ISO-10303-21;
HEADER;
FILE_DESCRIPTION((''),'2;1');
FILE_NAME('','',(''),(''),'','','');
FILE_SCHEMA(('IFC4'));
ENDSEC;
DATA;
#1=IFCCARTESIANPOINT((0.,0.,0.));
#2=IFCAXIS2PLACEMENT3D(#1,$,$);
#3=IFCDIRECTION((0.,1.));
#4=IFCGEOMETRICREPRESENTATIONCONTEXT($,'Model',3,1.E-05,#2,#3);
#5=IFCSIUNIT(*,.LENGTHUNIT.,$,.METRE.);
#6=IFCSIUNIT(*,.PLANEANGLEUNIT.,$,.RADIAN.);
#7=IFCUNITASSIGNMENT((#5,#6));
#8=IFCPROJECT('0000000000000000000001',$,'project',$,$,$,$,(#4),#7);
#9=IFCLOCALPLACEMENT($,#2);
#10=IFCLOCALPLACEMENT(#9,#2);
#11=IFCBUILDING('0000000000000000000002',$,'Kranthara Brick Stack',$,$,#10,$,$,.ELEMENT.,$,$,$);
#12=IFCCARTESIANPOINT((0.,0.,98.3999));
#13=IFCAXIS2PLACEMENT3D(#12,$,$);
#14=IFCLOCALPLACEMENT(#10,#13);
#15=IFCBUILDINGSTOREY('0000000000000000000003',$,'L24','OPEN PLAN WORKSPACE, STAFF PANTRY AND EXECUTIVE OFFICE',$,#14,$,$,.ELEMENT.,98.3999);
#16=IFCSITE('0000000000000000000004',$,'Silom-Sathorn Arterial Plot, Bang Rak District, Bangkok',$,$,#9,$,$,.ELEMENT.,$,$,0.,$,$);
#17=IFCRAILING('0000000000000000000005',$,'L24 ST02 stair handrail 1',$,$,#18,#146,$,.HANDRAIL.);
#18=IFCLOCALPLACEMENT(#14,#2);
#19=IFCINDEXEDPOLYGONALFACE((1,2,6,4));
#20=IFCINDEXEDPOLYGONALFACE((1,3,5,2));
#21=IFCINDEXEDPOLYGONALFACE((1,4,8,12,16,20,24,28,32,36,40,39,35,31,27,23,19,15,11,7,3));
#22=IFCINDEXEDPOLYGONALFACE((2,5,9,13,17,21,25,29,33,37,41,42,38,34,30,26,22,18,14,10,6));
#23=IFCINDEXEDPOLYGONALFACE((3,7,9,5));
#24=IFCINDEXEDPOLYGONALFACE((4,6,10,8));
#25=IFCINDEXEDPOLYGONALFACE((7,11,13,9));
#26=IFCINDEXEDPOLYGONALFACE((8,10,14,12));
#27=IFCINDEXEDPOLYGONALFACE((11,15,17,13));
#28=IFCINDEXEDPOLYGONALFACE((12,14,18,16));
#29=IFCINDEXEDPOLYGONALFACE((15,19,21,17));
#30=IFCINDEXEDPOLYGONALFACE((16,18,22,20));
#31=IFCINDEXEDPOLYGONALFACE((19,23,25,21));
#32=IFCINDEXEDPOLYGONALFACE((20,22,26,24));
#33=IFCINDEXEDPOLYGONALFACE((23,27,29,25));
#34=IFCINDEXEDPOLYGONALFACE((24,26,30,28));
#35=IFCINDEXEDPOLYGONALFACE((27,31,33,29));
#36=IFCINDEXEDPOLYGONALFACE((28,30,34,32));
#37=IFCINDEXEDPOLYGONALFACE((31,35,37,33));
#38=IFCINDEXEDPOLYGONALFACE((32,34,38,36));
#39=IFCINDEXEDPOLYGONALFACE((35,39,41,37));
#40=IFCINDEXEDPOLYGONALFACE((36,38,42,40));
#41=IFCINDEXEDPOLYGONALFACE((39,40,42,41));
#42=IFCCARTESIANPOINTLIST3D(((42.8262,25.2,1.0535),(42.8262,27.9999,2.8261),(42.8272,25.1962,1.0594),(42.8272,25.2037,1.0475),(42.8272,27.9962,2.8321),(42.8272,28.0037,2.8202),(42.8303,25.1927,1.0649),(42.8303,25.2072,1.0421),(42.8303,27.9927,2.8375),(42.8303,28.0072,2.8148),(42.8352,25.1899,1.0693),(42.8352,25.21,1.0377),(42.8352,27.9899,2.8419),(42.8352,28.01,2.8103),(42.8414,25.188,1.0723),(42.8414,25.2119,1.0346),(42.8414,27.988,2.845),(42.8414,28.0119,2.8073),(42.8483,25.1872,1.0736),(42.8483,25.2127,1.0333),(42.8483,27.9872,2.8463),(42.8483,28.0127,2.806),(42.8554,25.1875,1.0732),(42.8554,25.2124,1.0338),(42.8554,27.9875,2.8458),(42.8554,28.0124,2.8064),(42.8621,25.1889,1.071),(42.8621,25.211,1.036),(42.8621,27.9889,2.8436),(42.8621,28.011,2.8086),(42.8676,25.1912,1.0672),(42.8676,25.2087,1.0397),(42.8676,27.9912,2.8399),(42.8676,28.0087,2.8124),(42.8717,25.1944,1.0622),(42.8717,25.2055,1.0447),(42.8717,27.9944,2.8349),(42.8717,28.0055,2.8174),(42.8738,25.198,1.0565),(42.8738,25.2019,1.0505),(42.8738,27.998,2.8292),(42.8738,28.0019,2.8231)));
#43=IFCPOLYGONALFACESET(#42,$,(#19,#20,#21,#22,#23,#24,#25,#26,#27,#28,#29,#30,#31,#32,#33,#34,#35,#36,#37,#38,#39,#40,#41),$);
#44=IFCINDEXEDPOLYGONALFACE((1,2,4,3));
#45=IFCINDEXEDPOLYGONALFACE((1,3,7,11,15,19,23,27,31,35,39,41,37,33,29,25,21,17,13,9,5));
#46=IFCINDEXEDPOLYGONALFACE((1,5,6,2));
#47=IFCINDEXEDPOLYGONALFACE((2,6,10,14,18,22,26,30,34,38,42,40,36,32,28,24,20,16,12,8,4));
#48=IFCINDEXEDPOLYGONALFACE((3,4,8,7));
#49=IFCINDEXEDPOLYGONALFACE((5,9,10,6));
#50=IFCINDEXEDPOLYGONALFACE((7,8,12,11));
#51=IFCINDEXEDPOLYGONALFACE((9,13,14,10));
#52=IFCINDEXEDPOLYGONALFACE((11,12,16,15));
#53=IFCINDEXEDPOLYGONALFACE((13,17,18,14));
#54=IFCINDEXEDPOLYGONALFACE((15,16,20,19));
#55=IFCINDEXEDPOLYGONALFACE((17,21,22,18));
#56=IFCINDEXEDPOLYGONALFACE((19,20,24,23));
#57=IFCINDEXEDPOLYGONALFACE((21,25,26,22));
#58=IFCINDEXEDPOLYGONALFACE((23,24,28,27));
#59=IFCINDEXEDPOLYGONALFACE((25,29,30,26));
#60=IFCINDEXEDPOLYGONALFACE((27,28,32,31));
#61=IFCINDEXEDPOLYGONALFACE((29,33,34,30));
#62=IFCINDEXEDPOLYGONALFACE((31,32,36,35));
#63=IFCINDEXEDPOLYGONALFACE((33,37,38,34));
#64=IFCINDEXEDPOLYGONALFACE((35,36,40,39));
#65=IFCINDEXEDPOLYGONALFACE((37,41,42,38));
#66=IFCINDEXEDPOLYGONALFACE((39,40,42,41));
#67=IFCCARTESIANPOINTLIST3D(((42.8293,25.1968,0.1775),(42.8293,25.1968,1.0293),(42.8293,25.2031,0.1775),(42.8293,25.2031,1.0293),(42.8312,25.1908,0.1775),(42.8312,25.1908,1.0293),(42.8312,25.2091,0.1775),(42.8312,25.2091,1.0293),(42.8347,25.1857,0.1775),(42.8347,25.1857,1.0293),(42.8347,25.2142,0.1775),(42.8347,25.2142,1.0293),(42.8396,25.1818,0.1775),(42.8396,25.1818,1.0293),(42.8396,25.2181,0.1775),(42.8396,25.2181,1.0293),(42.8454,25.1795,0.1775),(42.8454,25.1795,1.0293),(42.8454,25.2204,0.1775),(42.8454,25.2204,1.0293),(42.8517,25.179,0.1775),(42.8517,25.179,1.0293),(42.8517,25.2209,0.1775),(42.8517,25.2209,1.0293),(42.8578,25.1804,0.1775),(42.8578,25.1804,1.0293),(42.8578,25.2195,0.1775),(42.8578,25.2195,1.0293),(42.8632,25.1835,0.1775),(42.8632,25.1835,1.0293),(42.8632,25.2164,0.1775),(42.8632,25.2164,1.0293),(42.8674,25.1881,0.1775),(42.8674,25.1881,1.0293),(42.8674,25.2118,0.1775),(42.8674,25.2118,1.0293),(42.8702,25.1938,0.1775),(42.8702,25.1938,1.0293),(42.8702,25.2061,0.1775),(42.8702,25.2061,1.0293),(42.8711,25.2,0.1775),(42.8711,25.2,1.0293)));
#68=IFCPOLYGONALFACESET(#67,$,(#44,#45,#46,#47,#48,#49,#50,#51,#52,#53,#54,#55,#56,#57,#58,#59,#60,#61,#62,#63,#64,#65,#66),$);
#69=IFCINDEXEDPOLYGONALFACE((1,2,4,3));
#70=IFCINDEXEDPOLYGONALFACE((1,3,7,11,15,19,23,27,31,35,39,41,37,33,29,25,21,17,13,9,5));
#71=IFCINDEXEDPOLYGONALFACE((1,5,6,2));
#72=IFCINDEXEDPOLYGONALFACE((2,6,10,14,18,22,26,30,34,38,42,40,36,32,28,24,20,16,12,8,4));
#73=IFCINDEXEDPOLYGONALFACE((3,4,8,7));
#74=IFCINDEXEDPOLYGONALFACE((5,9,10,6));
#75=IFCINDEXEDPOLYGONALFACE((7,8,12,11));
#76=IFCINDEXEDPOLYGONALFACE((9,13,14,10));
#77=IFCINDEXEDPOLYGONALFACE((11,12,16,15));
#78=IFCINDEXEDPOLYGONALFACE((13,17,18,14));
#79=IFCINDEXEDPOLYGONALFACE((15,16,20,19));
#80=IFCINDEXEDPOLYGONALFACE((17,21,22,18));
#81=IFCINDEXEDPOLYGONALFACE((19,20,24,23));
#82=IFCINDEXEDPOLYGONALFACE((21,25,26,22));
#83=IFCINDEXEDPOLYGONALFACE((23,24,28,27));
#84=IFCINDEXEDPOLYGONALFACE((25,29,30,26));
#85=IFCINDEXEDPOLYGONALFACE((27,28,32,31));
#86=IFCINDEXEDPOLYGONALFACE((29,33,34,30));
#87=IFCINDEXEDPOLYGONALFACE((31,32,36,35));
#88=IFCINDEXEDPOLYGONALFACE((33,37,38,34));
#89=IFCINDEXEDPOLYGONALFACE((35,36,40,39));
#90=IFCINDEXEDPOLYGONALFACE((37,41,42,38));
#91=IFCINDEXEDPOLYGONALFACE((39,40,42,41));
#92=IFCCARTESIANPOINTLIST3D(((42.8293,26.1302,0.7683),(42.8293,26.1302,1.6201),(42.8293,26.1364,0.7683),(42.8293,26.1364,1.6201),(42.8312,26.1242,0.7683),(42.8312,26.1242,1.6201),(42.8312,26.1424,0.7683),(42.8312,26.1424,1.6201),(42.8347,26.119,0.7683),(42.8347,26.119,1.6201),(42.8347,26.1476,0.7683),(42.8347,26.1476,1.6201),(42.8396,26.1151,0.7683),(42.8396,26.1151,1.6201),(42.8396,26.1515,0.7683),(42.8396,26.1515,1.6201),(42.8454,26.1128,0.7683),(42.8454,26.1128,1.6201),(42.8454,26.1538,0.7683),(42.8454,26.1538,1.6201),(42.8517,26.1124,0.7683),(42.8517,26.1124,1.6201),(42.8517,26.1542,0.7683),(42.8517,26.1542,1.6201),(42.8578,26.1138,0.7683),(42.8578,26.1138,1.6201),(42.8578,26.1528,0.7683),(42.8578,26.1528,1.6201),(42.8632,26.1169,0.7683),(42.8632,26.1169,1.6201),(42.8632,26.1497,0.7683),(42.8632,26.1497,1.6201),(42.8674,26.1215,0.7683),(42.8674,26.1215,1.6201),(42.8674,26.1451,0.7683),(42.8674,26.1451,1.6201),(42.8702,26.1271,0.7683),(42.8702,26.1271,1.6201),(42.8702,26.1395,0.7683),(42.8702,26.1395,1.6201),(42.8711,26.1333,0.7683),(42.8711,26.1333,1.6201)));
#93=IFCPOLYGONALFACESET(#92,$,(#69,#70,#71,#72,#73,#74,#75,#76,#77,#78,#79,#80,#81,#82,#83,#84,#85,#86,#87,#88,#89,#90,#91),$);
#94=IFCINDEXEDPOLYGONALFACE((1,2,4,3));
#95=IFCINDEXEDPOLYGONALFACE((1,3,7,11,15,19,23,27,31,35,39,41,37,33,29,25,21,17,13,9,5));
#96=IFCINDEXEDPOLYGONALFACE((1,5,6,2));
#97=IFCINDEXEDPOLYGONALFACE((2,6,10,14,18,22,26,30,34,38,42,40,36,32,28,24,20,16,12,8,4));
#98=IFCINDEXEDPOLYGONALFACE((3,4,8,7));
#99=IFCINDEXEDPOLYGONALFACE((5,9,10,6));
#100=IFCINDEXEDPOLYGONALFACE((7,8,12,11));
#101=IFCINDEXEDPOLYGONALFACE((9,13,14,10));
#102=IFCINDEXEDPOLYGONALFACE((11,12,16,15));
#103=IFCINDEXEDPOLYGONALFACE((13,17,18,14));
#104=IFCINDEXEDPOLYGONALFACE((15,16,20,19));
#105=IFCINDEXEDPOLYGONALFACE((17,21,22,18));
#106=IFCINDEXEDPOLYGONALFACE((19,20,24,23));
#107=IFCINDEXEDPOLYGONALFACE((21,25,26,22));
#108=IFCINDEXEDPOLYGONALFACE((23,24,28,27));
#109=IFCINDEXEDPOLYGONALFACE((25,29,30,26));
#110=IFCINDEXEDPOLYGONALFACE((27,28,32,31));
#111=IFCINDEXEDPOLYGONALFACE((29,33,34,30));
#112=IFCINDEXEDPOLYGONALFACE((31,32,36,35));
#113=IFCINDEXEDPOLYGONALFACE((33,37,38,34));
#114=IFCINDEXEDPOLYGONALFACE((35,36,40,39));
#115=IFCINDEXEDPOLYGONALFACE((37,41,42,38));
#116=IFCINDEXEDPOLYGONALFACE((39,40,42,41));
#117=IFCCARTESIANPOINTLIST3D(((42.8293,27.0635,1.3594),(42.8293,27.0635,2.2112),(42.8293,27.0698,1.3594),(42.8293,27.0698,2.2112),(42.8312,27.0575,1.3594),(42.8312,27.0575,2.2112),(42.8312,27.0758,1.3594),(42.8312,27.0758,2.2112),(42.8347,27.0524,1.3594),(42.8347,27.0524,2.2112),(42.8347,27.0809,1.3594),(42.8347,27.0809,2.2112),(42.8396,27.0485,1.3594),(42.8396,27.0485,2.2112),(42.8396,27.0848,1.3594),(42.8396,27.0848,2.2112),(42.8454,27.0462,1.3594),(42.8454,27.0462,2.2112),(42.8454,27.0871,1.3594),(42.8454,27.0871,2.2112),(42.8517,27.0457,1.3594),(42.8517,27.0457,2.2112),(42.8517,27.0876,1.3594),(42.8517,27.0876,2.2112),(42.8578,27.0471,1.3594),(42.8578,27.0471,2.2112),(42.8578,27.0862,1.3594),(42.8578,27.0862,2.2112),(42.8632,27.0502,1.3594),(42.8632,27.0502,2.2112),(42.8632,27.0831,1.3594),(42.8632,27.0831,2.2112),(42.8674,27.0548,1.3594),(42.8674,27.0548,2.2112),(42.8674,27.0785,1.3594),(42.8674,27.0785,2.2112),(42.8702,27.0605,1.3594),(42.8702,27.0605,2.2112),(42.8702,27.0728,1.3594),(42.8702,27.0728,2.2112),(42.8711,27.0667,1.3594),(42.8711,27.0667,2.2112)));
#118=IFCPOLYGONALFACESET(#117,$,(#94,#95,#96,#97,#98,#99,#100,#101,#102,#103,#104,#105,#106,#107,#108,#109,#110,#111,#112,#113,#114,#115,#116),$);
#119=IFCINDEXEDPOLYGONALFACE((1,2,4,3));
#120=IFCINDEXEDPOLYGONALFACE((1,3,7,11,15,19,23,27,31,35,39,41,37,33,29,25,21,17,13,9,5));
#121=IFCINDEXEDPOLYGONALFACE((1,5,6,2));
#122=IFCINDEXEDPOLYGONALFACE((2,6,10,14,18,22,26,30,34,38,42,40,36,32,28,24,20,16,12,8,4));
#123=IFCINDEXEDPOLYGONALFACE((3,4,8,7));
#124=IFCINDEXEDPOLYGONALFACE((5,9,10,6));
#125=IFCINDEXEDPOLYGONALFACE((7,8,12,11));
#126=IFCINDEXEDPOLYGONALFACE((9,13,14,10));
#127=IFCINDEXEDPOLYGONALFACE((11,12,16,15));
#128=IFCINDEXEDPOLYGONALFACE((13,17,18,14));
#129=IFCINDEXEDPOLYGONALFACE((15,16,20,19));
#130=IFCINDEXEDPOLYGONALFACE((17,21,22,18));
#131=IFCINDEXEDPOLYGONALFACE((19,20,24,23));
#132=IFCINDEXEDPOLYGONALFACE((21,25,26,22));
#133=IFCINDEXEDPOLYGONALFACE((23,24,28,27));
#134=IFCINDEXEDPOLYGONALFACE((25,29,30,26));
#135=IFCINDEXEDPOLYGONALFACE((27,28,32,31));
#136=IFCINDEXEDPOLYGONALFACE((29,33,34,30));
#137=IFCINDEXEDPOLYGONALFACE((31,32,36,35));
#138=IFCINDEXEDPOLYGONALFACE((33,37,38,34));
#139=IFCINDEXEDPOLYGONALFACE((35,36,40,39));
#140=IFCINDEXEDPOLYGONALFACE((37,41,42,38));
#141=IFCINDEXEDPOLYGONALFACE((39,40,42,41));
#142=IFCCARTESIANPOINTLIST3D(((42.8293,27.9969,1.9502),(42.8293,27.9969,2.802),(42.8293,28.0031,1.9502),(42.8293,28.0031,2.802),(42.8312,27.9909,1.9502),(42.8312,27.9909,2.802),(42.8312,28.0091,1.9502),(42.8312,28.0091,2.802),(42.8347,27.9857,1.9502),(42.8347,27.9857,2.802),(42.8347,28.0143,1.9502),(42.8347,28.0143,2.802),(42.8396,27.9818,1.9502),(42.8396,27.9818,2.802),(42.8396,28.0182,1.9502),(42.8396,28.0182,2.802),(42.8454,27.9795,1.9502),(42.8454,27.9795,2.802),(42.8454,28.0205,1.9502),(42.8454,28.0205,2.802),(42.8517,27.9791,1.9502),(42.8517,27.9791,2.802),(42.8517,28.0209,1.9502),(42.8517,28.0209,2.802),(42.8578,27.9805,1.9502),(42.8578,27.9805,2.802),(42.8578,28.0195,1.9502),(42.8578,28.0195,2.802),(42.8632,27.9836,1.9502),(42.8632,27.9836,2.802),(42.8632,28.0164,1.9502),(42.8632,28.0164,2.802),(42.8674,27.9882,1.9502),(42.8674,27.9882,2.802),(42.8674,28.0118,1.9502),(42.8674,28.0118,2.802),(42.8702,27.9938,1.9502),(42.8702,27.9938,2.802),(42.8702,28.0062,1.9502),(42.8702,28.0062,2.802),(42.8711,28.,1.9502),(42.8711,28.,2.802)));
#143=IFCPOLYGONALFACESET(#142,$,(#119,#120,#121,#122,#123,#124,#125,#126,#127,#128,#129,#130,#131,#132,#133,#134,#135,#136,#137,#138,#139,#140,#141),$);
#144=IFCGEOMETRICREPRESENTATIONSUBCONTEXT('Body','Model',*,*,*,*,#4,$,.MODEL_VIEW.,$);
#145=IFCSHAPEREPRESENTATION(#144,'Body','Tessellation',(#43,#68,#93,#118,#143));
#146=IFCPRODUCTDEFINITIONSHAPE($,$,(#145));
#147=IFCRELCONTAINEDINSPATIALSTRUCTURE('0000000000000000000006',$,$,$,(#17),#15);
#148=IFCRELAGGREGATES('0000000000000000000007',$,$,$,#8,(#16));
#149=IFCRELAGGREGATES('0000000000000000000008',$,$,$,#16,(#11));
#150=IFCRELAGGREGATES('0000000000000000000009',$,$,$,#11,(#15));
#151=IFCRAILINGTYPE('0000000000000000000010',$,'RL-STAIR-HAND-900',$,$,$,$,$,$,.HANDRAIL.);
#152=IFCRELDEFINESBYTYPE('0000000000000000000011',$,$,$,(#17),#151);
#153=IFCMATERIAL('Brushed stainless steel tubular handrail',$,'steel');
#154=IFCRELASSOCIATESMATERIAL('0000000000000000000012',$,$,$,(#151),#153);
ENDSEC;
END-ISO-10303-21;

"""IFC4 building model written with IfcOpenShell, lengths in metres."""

from ifc_helpers import new_model, si_unit, direction, frame, origin, origin_2d, place, context, subcontext, project, spatial, circle, extrude, material, type_object, element, save


model = new_model("IFC4")

# Units and contexts
model_context = context("Model", 3, precision=1e-05, world=origin(), true_north=direction((0.0, 1.0)))
body_context = subcontext(model_context, "Body", "Model", "MODEL_VIEW")
ifc_project = project(units=[si_unit("LENGTHUNIT", "METRE"), si_unit("PLANEANGLEUNIT", "RADIAN")], contexts=[model_context])

# Site, building, storey
site_placement = place(None, origin())
site = spatial("IfcSite", under=ifc_project, at=site_placement, Name="Silom-Sathorn Arterial Plot, Bang Rak District, Bangkok", CompositionType="ELEMENT", RefElevation=0.0)
building_placement = place(site_placement, origin())
building = spatial("IfcBuilding", under=site, at=building_placement, Name="Kranthara Brick Stack", CompositionType="ELEMENT")
storey_placement = place(building_placement, frame((0.0, 0.0, 98.3999)))
storey = spatial("IfcBuildingStorey", under=building, at=storey_placement, Name="L24", Description="OPEN PLAN WORKSPACE, STAFF PANTRY AND EXECUTIVE OFFICE", CompositionType="ELEMENT", Elevation=98.3999)

# Railing
ifc_material_1 = material(Name="Brushed stainless steel tubular handrail", Category="steel")
railing_type_1 = type_object("IfcRailingType", Name="RL-STAIR-HAND-900", PredefinedType="HANDRAIL", material=ifc_material_1)
railing_1_placement = place(storey_placement, frame((42.8501, 25.2, 0.1775)))
element("IfcRailing", 1, at=railing_1_placement, inside=storey, type_object=railing_type_1, Name="L24 ST02 stair handrail 1", PredefinedType="HANDRAIL", context=body_context, shape_type="SweptSolid", body=[
    extrude(circle(Radius=0.0239, at=origin_2d()), frame((0.0, 0.0, 0.876), z_axis=(0.0, 0.844909, 0.53491), x_axis=(-1.0, 0.0, 0.0)), (0.0, 0.0, 1.0), 3.314),
    extrude(circle(Radius=0.021, at=origin_2d()), origin(), (0.0, 0.0, 1.0), 0.8518),
    extrude(circle(Radius=0.021, at=origin_2d()), frame((0.0, 0.9333, 0.5908)), (0.0, 0.0, 1.0), 0.8518),
    extrude(circle(Radius=0.021, at=origin_2d()), frame((0.0, 1.8667, 1.1819)), (0.0, 0.0, 1.0), 0.8518),
    extrude(circle(Radius=0.021, at=origin_2d()), frame((0.0, 2.8, 1.7727)), (0.0, 0.0, 1.0), 0.8518),
])

save(model, "model.ifc")
